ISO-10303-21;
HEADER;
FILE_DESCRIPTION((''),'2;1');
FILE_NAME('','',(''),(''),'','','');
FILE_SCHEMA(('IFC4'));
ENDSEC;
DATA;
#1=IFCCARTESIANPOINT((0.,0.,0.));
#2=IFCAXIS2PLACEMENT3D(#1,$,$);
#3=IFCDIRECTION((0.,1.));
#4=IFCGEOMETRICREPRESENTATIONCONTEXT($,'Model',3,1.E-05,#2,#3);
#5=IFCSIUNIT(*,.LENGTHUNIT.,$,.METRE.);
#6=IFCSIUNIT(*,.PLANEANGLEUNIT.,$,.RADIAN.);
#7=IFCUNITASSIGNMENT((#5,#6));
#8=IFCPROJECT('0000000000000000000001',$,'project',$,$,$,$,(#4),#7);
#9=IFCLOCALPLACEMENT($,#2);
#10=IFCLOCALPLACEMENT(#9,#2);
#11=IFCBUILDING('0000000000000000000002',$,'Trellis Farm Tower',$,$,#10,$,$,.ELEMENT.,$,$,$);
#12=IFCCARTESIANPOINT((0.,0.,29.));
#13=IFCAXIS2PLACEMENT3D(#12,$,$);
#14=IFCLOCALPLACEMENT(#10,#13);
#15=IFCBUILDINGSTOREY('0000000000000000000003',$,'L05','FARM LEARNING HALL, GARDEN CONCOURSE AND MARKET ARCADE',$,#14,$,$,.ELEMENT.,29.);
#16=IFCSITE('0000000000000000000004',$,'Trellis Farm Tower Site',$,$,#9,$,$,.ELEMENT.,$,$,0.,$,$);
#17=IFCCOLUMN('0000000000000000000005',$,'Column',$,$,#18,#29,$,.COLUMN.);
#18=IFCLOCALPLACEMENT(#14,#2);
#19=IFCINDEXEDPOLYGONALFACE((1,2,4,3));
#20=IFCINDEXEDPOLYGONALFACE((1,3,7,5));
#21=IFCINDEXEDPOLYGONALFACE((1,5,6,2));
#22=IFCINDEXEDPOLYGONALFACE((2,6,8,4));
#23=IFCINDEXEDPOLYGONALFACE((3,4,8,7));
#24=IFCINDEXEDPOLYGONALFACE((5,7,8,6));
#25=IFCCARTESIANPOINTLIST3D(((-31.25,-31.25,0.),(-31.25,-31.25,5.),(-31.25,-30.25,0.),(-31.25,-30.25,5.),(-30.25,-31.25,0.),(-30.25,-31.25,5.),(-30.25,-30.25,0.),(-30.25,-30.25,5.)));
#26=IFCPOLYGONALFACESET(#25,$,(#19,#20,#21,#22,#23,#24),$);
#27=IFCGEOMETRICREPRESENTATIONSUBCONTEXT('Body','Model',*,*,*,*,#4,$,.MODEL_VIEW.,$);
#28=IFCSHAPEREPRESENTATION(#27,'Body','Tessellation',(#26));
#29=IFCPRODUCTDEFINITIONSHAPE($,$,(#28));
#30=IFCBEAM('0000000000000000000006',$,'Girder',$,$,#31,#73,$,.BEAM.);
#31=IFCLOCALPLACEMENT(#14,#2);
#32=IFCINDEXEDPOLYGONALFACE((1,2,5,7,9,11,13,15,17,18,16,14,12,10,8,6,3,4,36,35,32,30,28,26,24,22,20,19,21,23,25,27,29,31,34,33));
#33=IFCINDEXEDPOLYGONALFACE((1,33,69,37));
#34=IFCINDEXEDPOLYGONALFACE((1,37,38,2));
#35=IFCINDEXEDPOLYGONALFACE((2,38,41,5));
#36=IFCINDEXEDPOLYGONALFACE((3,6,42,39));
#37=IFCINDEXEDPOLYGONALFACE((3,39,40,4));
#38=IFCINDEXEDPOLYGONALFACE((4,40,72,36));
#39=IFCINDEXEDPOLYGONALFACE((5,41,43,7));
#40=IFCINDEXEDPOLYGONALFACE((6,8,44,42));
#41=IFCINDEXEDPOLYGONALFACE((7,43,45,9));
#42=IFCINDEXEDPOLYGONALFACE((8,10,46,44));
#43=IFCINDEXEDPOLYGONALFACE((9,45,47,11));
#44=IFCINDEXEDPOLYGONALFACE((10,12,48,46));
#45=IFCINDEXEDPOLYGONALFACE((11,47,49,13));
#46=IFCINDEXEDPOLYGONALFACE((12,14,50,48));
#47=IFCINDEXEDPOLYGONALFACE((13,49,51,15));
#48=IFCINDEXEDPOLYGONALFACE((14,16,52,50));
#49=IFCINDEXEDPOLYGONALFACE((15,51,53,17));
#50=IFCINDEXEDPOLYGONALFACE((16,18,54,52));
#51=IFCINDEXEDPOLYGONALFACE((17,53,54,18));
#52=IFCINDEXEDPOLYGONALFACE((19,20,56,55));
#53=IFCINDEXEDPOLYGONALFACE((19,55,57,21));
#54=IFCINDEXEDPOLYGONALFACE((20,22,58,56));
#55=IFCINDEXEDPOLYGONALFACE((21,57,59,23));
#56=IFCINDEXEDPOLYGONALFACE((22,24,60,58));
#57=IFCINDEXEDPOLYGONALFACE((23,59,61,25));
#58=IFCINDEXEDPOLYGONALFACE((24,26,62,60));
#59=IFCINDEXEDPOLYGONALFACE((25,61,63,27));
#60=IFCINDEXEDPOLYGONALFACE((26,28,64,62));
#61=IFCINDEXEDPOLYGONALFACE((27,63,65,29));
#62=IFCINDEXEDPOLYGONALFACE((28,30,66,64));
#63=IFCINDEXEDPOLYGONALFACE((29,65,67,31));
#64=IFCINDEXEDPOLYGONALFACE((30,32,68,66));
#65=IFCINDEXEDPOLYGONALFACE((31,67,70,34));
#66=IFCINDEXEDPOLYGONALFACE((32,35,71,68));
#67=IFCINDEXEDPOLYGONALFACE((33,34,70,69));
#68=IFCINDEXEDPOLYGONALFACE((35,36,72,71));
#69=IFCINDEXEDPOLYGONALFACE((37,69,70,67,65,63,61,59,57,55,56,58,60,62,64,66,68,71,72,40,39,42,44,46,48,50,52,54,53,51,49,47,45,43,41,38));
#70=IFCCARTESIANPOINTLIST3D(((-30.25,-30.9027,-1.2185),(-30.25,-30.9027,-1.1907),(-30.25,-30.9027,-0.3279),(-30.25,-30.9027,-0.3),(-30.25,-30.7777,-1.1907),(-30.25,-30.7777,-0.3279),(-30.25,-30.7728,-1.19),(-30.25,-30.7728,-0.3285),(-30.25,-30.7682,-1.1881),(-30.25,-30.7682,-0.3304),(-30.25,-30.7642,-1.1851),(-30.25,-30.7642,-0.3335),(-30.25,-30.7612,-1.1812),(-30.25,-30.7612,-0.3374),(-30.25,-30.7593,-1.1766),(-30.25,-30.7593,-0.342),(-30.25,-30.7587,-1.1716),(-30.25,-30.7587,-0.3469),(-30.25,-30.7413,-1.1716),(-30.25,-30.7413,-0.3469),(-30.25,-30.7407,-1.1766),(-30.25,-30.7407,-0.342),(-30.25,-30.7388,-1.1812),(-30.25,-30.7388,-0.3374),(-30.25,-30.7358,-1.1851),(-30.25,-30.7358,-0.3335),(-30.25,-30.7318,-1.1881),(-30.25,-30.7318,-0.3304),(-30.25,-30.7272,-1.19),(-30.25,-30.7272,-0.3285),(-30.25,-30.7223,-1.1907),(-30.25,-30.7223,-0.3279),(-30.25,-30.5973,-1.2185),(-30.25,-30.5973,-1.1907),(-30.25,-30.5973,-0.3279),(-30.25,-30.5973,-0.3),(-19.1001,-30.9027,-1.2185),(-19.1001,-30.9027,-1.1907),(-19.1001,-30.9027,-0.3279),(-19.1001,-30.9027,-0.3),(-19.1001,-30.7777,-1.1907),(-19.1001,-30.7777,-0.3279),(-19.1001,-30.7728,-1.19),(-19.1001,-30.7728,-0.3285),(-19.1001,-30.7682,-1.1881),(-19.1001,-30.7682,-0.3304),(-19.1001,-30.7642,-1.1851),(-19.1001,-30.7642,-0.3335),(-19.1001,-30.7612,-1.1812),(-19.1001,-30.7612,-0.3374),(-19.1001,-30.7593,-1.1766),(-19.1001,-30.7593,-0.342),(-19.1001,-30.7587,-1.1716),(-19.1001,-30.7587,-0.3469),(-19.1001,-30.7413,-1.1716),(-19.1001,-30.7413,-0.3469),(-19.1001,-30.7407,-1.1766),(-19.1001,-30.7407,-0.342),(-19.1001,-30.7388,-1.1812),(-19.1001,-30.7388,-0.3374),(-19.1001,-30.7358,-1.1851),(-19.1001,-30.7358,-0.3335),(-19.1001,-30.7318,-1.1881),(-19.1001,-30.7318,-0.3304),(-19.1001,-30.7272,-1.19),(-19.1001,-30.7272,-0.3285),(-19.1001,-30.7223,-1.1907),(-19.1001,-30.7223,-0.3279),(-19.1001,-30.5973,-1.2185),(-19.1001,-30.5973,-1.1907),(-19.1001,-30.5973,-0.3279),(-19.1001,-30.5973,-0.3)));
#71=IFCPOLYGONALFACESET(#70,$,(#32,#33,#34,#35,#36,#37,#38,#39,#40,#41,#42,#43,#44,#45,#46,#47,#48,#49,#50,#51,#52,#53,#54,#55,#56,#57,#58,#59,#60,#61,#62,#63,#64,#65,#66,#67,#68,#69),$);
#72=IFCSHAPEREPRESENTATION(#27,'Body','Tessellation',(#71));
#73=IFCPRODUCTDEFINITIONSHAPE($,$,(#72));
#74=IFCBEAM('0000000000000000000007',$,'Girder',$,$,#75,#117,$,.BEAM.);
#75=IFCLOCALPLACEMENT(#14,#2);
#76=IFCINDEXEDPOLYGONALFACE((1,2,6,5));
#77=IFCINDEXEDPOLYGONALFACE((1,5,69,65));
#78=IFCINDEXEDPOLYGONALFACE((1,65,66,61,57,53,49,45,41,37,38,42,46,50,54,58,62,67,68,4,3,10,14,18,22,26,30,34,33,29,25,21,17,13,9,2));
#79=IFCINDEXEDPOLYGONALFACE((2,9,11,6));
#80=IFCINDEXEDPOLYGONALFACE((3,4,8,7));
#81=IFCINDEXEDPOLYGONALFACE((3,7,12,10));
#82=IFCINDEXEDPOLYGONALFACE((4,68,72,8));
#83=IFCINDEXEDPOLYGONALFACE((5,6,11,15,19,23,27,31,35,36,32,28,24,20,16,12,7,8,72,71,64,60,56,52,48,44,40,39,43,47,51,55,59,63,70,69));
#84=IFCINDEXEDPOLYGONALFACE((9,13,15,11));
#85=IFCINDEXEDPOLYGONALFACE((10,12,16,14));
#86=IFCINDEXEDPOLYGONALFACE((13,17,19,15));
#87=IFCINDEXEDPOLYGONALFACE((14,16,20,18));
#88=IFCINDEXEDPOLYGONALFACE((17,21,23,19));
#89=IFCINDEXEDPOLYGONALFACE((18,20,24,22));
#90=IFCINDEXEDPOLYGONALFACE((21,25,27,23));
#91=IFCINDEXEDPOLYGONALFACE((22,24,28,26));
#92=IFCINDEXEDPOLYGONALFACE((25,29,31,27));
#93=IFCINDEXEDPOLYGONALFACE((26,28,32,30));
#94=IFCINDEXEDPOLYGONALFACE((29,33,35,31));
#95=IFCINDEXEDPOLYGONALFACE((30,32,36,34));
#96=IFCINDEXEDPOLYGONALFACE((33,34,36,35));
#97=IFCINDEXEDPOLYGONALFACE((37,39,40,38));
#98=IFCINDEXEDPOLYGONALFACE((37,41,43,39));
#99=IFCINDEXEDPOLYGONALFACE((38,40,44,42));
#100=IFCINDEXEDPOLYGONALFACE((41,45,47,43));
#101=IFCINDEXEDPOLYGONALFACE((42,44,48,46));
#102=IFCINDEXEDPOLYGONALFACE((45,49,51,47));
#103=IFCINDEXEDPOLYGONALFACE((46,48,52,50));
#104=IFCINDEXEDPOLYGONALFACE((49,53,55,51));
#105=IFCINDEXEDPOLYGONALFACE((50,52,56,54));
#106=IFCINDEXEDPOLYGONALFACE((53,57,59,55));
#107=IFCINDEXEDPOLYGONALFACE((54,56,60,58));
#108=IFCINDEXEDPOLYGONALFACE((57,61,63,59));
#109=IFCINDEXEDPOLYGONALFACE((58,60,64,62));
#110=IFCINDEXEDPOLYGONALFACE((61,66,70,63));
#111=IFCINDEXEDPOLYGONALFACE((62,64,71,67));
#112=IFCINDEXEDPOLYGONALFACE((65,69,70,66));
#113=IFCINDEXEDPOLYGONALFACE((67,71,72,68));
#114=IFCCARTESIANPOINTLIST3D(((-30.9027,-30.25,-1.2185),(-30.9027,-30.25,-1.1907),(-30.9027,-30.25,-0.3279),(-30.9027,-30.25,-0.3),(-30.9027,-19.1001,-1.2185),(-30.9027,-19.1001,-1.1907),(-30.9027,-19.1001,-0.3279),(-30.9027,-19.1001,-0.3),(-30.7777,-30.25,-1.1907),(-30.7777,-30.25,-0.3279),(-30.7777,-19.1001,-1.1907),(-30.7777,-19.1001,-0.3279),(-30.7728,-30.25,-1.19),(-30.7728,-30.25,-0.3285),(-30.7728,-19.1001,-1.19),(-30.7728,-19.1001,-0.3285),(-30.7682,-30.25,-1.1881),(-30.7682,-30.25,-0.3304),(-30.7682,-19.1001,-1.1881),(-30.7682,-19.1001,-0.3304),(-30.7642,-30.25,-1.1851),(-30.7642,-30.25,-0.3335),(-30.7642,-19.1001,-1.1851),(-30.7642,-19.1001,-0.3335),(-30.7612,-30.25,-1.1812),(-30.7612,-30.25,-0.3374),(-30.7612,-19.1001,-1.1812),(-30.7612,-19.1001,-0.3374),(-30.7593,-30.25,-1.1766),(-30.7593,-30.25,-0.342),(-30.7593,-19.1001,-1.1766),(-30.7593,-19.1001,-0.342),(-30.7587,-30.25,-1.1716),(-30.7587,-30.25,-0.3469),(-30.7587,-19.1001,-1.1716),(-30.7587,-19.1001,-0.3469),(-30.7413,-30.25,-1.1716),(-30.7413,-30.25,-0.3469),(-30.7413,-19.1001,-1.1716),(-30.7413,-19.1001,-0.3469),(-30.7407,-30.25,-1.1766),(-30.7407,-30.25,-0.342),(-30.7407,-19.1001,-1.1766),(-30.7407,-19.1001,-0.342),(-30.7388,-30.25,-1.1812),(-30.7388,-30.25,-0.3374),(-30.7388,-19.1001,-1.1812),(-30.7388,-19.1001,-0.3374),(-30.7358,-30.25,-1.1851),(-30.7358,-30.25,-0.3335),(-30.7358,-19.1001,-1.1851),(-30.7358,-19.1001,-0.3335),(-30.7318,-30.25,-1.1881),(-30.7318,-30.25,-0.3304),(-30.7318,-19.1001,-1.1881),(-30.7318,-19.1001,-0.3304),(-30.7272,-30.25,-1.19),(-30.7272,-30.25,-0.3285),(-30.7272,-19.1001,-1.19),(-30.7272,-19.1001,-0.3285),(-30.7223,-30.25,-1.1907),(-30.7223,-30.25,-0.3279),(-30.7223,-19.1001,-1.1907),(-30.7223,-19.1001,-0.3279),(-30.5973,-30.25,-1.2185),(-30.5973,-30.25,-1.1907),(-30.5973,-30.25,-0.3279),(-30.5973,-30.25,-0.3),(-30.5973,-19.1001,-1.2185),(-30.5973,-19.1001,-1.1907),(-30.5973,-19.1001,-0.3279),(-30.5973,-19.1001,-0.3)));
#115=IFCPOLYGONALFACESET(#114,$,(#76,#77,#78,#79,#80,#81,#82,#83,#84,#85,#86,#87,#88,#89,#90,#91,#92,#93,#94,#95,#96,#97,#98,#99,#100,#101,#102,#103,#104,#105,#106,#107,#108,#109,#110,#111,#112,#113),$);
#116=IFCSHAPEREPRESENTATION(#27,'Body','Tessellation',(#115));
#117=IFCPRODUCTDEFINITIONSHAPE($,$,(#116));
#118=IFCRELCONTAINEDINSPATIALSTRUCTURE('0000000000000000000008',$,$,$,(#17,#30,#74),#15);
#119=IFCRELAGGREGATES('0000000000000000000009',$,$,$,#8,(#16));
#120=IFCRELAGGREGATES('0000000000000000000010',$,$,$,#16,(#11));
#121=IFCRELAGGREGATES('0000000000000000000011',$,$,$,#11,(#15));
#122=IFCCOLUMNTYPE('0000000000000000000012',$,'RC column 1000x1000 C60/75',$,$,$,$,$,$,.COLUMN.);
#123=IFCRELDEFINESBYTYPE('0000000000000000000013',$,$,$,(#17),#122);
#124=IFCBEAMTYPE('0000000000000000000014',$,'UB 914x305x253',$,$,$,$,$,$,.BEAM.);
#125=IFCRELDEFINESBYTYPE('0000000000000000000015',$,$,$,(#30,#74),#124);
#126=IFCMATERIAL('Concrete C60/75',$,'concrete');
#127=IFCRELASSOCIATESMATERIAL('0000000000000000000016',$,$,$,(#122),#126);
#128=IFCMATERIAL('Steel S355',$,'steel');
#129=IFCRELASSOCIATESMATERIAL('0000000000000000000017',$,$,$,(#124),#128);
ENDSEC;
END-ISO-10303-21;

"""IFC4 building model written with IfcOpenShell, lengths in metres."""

from ifc_helpers import new_model, si_unit, direction, frame, origin, origin_2d, place, context, subcontext, project, spatial, rectangle, i_section, extrude, source, transform, mapped, material, material_profile, profile_set, type_object, element, save


model = new_model("IFC4")

# Units and contexts
model_context = context("Model", 3, precision=1e-05, world=origin(), true_north=direction((0.0, 1.0)))
body_context = subcontext(model_context, "Body", "Model", "MODEL_VIEW")
ifc_project = project(units=[si_unit("LENGTHUNIT", "METRE"), si_unit("PLANEANGLEUNIT", "RADIAN")], contexts=[model_context])

# Site, building, storey
site_placement = place(None, origin())
site = spatial("IfcSite", under=ifc_project, at=site_placement, Name="Trellis Farm Tower Site", CompositionType="ELEMENT", RefElevation=0.0)
building_placement = place(site_placement, origin())
building = spatial("IfcBuilding", under=site, at=building_placement, Name="Trellis Farm Tower", CompositionType="ELEMENT")
storey_placement = place(building_placement, frame((0.0, 0.0, 29.0)))
storey = spatial("IfcBuildingStorey", under=building, at=storey_placement, Name="L05", Description="FARM LEARNING HALL, GARDEN CONCOURSE AND MARKET ARCADE", CompositionType="ELEMENT", Elevation=29.0)

# Column
ifc_material_1 = material(Name="Concrete C60/75", Category="concrete")
ifc_material_profile_1 = material_profile(ifc_material_1, rectangle(XDim=1.0, YDim=1.0, at=origin_2d()), Name="RC column 1000x1000 C60/75")
ifc_profile_set_1 = profile_set([ifc_material_profile_1], Name="Concrete C60/75")
column_type = type_object("IfcColumnType", Name="RC column 1000x1000 C60/75", PredefinedType="COLUMN", material=ifc_profile_set_1)
shared_shape_1 = source(origin(), body_context, "Body", "SweptSolid", [
    extrude(rectangle(XDim=1.0, YDim=1.0, at=origin_2d()), origin(), (0.0, 0.0, 1.0), 5.0),
])
column_placement = place(storey_placement, frame((-30.75, -30.75, 0.0), z_axis=(0.0, 0.0, 1.0), x_axis=(1.0, 0.0, 0.0)))
element("IfcColumn", 1, at=column_placement, inside=storey, type_object=column_type, Name="Column", PredefinedType="COLUMN", context=body_context, shape_type="MappedRepresentation", body=[
    mapped(shared_shape_1, transform((0.0, 0.0, 0.0))),
])

# Beams
ifc_material_2 = material(Name="Steel S355", Category="steel")
ifc_material_profile_2 = material_profile(ifc_material_2, i_section(OverallWidth=0.3054, OverallDepth=0.9185, WebThickness=0.0173, FlangeThickness=0.0278, FilletRadius=0.019, at=origin_2d()), Name="UB 914x305x253")
ifc_profile_set_2 = profile_set([ifc_material_profile_2], Name="Steel S355")
beam_type = type_object("IfcBeamType", Name="UB 914x305x253", PredefinedType="BEAM", material=ifc_profile_set_2)
shared_shape_2 = source(origin(), body_context, "Body", "SweptSolid", [
    extrude(i_section(OverallWidth=0.3054, OverallDepth=0.9185, WebThickness=0.0173, FlangeThickness=0.0278, FilletRadius=0.019, at=origin_2d()), origin(), (0.0, 0.0, 1.0), 11.1499),
])
for number, where, z_axis, x_axis, name in (
    (2, (-30.25, -30.75, -0.7593), (1.0, 0.0, 0.0), (0.0, 1.0, 0.0), "Girder"),
    (3, (-30.75, -30.25, -0.7593), (0.0, 1.0, 0.0), (-1.0, 0.0, 0.0), "Girder"),
):
    element("IfcBeam", number, at=place(storey_placement, frame(where, z_axis=z_axis, x_axis=x_axis)), inside=storey, type_object=beam_type, Name=name, PredefinedType="BEAM", context=body_context, shape_type="MappedRepresentation", body=[
        mapped(shared_shape_2, transform((0.0, 0.0, 0.0))),
    ])

save(model, "model.ifc")
